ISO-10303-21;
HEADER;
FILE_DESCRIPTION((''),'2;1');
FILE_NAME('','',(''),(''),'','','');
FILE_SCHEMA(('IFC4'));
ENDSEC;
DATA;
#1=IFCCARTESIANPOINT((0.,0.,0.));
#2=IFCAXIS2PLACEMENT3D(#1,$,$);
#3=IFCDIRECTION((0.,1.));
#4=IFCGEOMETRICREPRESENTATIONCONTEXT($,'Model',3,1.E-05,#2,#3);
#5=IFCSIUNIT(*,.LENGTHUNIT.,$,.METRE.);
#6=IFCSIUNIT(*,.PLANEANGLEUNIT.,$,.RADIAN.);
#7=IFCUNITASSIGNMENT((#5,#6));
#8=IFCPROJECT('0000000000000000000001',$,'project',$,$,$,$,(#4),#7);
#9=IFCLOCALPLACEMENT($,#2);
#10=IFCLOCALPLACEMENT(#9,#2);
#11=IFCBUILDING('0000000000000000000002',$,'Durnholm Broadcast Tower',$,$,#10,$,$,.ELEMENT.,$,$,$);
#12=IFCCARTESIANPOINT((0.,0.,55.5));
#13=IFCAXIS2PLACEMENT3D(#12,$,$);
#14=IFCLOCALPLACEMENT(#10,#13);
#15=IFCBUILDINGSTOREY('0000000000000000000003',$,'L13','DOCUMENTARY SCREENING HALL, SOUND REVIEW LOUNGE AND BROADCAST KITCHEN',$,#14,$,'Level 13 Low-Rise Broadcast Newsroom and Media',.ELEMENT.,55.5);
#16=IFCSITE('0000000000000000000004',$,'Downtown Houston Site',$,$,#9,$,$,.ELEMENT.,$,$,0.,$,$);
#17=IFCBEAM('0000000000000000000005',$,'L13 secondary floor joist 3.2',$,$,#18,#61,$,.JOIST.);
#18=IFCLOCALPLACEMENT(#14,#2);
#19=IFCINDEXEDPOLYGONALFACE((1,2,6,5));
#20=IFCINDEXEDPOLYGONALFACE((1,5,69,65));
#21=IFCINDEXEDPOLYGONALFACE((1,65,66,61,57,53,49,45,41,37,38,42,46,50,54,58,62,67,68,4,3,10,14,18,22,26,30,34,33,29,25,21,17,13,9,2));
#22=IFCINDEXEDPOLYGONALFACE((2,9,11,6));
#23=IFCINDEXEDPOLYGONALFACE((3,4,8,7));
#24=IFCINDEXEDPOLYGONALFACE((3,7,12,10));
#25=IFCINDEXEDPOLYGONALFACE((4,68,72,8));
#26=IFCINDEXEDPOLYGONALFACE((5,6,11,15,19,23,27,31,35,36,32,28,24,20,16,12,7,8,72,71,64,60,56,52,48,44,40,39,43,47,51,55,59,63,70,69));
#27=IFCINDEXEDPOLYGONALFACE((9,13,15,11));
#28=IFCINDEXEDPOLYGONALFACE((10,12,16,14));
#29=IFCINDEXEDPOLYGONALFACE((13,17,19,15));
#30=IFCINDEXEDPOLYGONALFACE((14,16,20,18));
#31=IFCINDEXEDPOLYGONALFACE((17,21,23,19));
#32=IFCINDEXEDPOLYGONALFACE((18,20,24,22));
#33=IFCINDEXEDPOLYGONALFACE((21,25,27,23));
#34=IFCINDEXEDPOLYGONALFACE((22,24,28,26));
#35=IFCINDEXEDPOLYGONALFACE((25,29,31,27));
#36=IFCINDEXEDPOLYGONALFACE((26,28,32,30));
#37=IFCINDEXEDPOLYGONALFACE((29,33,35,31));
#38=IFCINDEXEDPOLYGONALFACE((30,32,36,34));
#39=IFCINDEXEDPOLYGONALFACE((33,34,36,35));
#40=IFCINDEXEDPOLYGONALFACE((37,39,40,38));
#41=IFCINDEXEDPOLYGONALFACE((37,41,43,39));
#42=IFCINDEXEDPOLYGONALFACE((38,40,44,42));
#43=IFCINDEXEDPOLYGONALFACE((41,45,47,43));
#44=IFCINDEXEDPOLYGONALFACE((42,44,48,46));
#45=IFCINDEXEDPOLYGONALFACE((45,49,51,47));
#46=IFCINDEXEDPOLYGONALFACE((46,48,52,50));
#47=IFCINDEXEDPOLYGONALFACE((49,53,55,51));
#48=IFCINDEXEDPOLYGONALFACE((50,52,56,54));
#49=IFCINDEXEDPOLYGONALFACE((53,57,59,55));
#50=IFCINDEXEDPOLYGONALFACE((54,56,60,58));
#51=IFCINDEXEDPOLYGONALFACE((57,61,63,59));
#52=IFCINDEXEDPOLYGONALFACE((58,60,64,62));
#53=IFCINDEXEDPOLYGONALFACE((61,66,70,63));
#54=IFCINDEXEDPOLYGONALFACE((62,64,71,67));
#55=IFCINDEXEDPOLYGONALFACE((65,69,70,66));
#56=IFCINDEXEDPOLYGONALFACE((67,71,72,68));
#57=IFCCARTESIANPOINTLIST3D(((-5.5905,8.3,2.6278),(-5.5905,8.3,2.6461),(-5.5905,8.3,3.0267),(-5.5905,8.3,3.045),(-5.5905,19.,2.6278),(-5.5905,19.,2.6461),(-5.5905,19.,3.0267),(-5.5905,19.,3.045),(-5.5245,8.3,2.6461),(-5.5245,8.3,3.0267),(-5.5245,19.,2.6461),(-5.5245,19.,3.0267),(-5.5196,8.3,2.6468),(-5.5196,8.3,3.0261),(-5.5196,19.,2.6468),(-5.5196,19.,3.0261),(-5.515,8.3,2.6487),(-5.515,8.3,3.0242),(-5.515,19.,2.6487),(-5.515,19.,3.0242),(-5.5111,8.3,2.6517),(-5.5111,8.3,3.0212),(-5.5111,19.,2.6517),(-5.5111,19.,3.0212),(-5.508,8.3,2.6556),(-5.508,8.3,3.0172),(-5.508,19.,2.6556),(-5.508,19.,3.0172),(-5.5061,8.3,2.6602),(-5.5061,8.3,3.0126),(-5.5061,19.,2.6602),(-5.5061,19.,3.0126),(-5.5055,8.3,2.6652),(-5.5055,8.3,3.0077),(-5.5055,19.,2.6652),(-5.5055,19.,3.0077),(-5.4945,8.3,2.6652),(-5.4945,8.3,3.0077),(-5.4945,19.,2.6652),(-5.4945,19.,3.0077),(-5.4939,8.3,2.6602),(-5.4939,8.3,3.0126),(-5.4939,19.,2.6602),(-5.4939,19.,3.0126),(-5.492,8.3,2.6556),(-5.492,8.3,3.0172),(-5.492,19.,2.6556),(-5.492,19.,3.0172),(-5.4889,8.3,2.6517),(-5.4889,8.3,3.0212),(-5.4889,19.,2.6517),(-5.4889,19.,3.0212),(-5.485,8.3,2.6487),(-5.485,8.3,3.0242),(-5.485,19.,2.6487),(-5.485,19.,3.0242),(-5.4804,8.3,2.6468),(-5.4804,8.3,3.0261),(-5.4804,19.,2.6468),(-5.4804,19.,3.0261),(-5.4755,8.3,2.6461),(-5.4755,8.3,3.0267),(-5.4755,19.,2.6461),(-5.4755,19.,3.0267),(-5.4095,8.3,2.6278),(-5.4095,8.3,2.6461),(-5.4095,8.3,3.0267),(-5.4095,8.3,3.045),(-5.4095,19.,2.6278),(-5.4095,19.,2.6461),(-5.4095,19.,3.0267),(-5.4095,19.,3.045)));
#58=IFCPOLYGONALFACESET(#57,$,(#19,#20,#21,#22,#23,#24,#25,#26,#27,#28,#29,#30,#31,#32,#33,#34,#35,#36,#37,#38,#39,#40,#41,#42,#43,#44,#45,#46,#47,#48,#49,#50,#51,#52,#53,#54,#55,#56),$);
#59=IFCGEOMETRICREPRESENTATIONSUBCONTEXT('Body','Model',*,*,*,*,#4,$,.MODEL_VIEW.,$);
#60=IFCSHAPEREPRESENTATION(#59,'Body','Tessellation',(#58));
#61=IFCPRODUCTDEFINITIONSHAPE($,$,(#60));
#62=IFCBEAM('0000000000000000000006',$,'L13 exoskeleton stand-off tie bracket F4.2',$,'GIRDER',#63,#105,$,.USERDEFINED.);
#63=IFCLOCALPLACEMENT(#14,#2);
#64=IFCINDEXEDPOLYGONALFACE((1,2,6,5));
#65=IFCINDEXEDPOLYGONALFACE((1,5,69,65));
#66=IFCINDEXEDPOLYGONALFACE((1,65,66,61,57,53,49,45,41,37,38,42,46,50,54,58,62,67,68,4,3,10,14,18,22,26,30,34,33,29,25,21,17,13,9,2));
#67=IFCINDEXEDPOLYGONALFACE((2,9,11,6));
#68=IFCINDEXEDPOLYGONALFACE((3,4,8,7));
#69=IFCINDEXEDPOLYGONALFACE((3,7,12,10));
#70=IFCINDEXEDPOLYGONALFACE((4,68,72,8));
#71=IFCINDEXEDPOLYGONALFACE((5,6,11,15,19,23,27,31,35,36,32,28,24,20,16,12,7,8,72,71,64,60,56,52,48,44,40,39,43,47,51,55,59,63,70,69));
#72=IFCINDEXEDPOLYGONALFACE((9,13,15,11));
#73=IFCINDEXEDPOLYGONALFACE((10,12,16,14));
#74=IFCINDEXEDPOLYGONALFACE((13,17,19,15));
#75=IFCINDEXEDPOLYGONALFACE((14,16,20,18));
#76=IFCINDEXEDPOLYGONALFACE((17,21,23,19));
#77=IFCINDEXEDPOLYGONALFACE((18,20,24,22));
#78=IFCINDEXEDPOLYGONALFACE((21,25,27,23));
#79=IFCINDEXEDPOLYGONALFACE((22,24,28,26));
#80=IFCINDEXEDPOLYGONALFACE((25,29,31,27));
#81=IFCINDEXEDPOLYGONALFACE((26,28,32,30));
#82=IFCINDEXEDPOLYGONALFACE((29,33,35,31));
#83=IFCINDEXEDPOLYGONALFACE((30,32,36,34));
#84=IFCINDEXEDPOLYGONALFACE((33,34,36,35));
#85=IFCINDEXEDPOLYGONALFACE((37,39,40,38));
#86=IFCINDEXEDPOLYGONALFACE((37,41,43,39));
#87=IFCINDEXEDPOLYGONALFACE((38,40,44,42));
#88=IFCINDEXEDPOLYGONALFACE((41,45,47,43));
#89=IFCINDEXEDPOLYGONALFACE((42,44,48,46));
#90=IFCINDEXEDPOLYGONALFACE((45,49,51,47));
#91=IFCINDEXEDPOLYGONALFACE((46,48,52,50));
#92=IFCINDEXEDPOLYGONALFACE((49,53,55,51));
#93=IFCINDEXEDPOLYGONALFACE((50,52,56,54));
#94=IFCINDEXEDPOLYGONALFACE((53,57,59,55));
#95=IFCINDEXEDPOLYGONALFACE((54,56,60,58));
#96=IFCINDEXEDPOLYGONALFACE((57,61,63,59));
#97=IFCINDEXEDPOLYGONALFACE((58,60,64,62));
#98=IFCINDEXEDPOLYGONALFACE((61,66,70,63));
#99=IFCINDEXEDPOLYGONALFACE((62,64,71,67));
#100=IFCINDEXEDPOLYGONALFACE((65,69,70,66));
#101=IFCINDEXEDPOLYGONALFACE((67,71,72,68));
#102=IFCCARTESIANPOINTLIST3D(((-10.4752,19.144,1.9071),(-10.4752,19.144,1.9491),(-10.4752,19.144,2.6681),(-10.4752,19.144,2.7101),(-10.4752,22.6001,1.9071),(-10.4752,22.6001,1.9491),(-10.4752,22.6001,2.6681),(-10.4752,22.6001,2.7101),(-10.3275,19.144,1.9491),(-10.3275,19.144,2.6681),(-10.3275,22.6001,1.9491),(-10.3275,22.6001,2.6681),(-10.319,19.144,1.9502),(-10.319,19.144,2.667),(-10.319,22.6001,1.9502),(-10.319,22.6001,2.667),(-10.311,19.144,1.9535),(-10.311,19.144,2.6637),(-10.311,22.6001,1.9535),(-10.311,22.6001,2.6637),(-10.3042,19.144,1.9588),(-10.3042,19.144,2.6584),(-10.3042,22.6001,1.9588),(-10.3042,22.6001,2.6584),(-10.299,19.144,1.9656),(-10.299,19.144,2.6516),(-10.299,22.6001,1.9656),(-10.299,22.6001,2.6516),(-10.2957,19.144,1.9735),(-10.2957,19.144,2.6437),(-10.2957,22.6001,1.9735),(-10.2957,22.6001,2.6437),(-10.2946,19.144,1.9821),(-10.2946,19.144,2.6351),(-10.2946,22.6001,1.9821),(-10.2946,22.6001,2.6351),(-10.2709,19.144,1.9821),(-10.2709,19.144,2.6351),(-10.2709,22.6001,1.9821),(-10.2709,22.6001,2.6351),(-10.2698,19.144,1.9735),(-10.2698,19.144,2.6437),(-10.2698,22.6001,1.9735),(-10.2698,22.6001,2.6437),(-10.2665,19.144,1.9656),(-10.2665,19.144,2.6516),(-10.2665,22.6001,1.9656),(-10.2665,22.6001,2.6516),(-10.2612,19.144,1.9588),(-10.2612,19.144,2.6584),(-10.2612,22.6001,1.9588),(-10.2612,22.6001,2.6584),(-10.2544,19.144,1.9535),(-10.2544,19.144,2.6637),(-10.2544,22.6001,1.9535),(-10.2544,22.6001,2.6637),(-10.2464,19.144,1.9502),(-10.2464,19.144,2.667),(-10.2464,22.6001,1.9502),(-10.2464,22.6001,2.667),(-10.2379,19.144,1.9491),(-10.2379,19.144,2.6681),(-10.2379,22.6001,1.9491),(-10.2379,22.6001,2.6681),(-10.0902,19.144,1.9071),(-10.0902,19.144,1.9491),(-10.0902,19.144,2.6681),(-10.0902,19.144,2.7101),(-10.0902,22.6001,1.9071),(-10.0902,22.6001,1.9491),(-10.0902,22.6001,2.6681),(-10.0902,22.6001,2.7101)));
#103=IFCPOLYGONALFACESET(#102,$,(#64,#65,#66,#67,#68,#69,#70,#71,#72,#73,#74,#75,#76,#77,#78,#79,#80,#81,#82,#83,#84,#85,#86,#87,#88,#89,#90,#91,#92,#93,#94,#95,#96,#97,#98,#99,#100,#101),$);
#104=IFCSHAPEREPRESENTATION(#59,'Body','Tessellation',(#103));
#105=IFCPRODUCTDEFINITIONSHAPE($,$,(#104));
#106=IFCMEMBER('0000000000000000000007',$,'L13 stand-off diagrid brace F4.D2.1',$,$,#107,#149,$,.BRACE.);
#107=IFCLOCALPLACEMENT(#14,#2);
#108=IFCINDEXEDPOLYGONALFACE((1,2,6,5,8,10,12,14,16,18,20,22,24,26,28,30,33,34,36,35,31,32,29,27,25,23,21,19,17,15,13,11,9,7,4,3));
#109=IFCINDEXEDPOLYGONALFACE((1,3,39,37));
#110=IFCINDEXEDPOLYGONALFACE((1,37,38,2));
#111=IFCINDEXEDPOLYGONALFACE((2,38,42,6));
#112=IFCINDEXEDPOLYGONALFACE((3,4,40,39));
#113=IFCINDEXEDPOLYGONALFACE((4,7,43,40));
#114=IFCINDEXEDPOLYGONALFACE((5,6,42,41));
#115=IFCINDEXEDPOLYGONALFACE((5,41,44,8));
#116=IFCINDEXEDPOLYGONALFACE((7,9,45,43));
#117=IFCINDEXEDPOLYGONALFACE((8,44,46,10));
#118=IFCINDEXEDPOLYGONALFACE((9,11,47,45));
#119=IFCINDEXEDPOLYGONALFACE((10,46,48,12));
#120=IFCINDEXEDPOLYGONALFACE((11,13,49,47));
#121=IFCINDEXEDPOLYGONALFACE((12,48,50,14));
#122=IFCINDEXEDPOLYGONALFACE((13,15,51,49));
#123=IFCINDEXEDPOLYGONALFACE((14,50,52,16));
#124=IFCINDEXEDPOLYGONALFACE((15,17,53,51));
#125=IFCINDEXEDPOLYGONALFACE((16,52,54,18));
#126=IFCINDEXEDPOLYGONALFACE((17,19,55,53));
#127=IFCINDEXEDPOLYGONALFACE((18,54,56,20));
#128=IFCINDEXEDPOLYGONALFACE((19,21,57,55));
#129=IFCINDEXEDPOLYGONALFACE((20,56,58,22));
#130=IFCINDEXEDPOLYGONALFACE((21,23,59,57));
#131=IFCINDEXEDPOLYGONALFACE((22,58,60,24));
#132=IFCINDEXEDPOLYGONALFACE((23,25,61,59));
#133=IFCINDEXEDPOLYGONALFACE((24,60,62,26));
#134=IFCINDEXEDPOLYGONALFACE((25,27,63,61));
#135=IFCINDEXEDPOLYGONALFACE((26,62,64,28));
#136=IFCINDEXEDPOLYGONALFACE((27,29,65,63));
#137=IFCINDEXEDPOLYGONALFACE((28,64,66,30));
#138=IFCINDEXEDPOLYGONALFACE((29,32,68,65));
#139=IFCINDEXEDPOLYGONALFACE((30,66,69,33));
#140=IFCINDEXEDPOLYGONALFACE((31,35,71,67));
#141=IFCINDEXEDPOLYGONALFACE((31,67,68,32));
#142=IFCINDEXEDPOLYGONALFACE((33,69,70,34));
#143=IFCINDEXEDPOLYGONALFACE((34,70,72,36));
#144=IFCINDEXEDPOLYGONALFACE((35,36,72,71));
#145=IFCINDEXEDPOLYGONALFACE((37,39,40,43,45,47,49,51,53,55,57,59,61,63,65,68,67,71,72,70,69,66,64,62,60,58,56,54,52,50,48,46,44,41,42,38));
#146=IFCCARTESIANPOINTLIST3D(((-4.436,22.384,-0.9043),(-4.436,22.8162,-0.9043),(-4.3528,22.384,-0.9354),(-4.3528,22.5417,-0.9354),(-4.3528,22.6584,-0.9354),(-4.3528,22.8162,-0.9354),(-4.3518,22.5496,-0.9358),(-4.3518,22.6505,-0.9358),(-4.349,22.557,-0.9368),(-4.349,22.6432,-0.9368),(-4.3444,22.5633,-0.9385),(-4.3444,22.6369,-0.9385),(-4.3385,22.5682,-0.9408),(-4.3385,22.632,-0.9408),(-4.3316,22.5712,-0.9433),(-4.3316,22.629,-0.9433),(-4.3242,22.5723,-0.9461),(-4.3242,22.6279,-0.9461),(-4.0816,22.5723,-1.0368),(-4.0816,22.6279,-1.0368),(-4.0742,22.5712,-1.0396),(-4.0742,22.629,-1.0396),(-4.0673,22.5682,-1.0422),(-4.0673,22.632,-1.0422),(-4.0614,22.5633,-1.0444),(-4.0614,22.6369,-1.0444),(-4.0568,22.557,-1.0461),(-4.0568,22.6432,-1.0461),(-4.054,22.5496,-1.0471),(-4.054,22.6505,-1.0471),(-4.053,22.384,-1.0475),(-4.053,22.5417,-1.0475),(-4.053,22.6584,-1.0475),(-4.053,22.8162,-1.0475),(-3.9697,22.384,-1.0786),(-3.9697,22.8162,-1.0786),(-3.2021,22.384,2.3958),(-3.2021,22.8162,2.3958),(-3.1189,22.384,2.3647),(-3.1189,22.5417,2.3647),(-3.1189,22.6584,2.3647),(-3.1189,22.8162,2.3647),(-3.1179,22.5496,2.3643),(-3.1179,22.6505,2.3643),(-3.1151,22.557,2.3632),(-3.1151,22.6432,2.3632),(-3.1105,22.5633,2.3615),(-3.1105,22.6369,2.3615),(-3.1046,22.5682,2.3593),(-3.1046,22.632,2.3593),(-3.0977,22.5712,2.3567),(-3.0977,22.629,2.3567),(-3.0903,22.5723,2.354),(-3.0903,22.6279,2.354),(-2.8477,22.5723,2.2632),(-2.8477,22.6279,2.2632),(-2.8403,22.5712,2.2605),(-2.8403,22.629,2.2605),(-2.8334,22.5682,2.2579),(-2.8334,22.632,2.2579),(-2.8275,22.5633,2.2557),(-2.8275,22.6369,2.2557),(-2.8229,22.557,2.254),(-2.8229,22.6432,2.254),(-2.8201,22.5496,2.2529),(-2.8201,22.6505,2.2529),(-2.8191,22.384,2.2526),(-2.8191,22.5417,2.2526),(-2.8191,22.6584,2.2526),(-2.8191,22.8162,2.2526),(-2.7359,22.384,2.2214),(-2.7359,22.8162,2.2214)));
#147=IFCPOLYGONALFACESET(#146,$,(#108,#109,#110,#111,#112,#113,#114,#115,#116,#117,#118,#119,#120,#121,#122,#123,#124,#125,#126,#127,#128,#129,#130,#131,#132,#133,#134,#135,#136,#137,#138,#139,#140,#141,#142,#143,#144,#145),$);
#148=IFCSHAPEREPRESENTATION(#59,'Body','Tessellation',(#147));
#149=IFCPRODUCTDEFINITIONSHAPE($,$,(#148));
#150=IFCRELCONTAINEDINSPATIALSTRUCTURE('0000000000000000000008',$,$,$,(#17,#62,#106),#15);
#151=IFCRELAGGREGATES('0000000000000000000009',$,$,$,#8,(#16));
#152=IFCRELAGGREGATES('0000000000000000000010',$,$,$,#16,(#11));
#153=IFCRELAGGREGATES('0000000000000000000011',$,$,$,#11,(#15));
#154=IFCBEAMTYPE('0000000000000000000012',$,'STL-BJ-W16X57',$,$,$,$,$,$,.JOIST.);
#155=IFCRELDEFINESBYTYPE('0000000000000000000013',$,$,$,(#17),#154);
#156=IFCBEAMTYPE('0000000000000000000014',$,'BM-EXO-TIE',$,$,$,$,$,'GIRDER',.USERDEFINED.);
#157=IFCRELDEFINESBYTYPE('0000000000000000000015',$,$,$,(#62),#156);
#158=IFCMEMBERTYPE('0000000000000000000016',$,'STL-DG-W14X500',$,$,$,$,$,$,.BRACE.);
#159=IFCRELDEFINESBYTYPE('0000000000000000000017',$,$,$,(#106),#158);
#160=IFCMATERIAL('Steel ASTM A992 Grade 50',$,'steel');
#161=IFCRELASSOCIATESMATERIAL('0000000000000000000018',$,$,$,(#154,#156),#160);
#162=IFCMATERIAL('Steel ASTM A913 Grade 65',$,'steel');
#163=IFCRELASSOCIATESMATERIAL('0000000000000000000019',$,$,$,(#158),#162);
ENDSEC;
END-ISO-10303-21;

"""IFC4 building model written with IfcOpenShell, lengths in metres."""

from ifc_helpers import new_model, si_unit, direction, frame, origin, origin_2d, place, context, subcontext, project, spatial, i_section, extrude, source, transform, mapped, material, material_profile, profile_set, type_object, type_shapes, element, save


model = new_model("IFC4")

# Units and contexts
model_context = context("Model", 3, precision=1e-05, world=origin(), true_north=direction((0.0, 1.0)))
body_context = subcontext(model_context, "Body", "Model", "MODEL_VIEW")
ifc_project = project(units=[si_unit("LENGTHUNIT", "METRE"), si_unit("PLANEANGLEUNIT", "RADIAN")], contexts=[model_context])

# Site, building, storey
site_placement = place(None, origin())
site = spatial("IfcSite", under=ifc_project, at=site_placement, Name="Downtown Houston Site", CompositionType="ELEMENT", RefElevation=0.0)
building_placement = place(site_placement, origin())
building = spatial("IfcBuilding", under=site, at=building_placement, Name="Durnholm Broadcast Tower", CompositionType="ELEMENT")
storey_placement = place(building_placement, frame((0.0, 0.0, 55.5)))
storey = spatial("IfcBuildingStorey", under=building, at=storey_placement, Name="L13", Description="DOCUMENTARY SCREENING HALL, SOUND REVIEW LOUNGE AND BROADCAST KITCHEN", LongName="Level 13 Low-Rise Broadcast Newsroom and Media", CompositionType="ELEMENT", Elevation=55.5)

# Beams
ifc_material_1 = material(Name="Steel ASTM A992 Grade 50", Category="steel")
ifc_material_profile_1 = material_profile(ifc_material_1, i_section(OverallWidth=0.1809, OverallDepth=0.4172, WebThickness=0.011, FlangeThickness=0.0183, FilletRadius=0.019, at=origin_2d()), Name="W16X57")
ifc_profile_set_1 = profile_set([ifc_material_profile_1], Name="Steel ASTM A992 Grade 50")
beam_type_1 = type_object("IfcBeamType", Name="STL-BJ-W16X57", PredefinedType="JOIST", material=ifc_profile_set_1)
shared_shape_1 = source(origin(), body_context, "Body", "SweptSolid", [
    extrude(i_section(OverallWidth=0.1809, OverallDepth=0.4172, WebThickness=0.011, FlangeThickness=0.0183, FilletRadius=0.019, at=origin_2d()), origin(), (0.0, 0.0, 1.0), 10.7),
])
type_shapes(beam_type_1, [shared_shape_1])
beam_1_placement = place(storey_placement, frame((-5.5, 8.3, 2.8364), z_axis=(0.0, 1.0, 0.0), x_axis=(-1.0, 0.0, 0.0)))
element("IfcBeam", 1, at=beam_1_placement, inside=storey, type_object=beam_type_1, Name="L13 secondary floor joist 3.2", PredefinedType="JOIST", context=body_context, shape_type="MappedRepresentation", body=[
    mapped(shared_shape_1, transform((0.0, 0.0, 0.0), x_axis=(1.0, 0.0, 0.0), y_axis=(0.0, 1.0, 0.0), z_axis=(0.0, 0.0, 1.0), scale=1.0)),
])
ifc_material_profile_2 = material_profile(ifc_material_1, i_section(OverallWidth=0.385, OverallDepth=0.803, WebThickness=0.0237, FlangeThickness=0.042, FilletRadius=0.033, at=origin_2d()), Name="W30X261")
ifc_profile_set_2 = profile_set([ifc_material_profile_2], Name="Steel ASTM A992 Grade 50")
beam_type_2 = type_object("IfcBeamType", Name="BM-EXO-TIE", ElementType="GIRDER", PredefinedType="USERDEFINED", material=ifc_profile_set_2)
shared_shape_2 = source(origin(), body_context, "Body", "SweptSolid", [
    extrude(i_section(OverallWidth=0.385, OverallDepth=0.803, WebThickness=0.0237, FlangeThickness=0.042, FilletRadius=0.033, at=origin_2d()), origin(), (0.0, 0.0, 1.0), 3.4561),
])
type_shapes(beam_type_2, [shared_shape_2])
beam_2_placement = place(storey_placement, frame((-10.2827, 19.144, 2.3086), z_axis=(0.0, 1.0, 0.0), x_axis=(-1.0, 0.0, 0.0)))
element("IfcBeam", 2, at=beam_2_placement, inside=storey, type_object=beam_type_2, Name="L13 exoskeleton stand-off tie bracket F4.2", ObjectType="GIRDER", PredefinedType="USERDEFINED", context=body_context, shape_type="MappedRepresentation", body=[
    mapped(shared_shape_2, transform((0.0, 0.0, 0.0), x_axis=(1.0, 0.0, 0.0), y_axis=(0.0, 1.0, 0.0), z_axis=(0.0, 0.0, 1.0), scale=1.0)),
])

# Member
ifc_material_2 = material(Name="Steel ASTM A913 Grade 65", Category="steel")
ifc_material_profile_3 = material_profile(ifc_material_2, i_section(OverallWidth=0.4321, OverallDepth=0.4978, WebThickness=0.0557, FlangeThickness=0.0889, FilletRadius=0.0305, at=origin_2d()), Name="W14X500")
ifc_profile_set_3 = profile_set([ifc_material_profile_3], Name="Steel ASTM A913 Grade 65")
member_type = type_object("IfcMemberType", Name="STL-DG-W14X500", PredefinedType="BRACE", material=ifc_profile_set_3)
shared_shape_3 = source(origin(), body_context, "Body", "SweptSolid", [
    extrude(i_section(OverallWidth=0.4321, OverallDepth=0.4978, WebThickness=0.0557, FlangeThickness=0.0889, FilletRadius=0.0305, at=origin_2d()), origin(), (0.0, 0.0, 1.0), 3.5232),
])
type_shapes(member_type, [shared_shape_3])
for number, where, z_axis, x_axis, name in (
    (3, (-4.2029, 22.6001, -0.9915), (0.35022, 0.0, 0.936668), (0.0, 1.0, 0.0), "L13 stand-off diagrid brace F4.D2.1"),
):
    element("IfcMember", number, at=place(storey_placement, frame(where, z_axis=z_axis, x_axis=x_axis)), inside=storey, type_object=member_type, Name=name, PredefinedType="BRACE", context=body_context, shape_type="MappedRepresentation", body=[
        mapped(shared_shape_3, transform((0.0, 0.0, 0.0), x_axis=(1.0, 0.0, 0.0), y_axis=(0.0, 1.0, 0.0), z_axis=(0.0, 0.0, 1.0), scale=1.0)),
    ])

save(model, "model.ifc")
